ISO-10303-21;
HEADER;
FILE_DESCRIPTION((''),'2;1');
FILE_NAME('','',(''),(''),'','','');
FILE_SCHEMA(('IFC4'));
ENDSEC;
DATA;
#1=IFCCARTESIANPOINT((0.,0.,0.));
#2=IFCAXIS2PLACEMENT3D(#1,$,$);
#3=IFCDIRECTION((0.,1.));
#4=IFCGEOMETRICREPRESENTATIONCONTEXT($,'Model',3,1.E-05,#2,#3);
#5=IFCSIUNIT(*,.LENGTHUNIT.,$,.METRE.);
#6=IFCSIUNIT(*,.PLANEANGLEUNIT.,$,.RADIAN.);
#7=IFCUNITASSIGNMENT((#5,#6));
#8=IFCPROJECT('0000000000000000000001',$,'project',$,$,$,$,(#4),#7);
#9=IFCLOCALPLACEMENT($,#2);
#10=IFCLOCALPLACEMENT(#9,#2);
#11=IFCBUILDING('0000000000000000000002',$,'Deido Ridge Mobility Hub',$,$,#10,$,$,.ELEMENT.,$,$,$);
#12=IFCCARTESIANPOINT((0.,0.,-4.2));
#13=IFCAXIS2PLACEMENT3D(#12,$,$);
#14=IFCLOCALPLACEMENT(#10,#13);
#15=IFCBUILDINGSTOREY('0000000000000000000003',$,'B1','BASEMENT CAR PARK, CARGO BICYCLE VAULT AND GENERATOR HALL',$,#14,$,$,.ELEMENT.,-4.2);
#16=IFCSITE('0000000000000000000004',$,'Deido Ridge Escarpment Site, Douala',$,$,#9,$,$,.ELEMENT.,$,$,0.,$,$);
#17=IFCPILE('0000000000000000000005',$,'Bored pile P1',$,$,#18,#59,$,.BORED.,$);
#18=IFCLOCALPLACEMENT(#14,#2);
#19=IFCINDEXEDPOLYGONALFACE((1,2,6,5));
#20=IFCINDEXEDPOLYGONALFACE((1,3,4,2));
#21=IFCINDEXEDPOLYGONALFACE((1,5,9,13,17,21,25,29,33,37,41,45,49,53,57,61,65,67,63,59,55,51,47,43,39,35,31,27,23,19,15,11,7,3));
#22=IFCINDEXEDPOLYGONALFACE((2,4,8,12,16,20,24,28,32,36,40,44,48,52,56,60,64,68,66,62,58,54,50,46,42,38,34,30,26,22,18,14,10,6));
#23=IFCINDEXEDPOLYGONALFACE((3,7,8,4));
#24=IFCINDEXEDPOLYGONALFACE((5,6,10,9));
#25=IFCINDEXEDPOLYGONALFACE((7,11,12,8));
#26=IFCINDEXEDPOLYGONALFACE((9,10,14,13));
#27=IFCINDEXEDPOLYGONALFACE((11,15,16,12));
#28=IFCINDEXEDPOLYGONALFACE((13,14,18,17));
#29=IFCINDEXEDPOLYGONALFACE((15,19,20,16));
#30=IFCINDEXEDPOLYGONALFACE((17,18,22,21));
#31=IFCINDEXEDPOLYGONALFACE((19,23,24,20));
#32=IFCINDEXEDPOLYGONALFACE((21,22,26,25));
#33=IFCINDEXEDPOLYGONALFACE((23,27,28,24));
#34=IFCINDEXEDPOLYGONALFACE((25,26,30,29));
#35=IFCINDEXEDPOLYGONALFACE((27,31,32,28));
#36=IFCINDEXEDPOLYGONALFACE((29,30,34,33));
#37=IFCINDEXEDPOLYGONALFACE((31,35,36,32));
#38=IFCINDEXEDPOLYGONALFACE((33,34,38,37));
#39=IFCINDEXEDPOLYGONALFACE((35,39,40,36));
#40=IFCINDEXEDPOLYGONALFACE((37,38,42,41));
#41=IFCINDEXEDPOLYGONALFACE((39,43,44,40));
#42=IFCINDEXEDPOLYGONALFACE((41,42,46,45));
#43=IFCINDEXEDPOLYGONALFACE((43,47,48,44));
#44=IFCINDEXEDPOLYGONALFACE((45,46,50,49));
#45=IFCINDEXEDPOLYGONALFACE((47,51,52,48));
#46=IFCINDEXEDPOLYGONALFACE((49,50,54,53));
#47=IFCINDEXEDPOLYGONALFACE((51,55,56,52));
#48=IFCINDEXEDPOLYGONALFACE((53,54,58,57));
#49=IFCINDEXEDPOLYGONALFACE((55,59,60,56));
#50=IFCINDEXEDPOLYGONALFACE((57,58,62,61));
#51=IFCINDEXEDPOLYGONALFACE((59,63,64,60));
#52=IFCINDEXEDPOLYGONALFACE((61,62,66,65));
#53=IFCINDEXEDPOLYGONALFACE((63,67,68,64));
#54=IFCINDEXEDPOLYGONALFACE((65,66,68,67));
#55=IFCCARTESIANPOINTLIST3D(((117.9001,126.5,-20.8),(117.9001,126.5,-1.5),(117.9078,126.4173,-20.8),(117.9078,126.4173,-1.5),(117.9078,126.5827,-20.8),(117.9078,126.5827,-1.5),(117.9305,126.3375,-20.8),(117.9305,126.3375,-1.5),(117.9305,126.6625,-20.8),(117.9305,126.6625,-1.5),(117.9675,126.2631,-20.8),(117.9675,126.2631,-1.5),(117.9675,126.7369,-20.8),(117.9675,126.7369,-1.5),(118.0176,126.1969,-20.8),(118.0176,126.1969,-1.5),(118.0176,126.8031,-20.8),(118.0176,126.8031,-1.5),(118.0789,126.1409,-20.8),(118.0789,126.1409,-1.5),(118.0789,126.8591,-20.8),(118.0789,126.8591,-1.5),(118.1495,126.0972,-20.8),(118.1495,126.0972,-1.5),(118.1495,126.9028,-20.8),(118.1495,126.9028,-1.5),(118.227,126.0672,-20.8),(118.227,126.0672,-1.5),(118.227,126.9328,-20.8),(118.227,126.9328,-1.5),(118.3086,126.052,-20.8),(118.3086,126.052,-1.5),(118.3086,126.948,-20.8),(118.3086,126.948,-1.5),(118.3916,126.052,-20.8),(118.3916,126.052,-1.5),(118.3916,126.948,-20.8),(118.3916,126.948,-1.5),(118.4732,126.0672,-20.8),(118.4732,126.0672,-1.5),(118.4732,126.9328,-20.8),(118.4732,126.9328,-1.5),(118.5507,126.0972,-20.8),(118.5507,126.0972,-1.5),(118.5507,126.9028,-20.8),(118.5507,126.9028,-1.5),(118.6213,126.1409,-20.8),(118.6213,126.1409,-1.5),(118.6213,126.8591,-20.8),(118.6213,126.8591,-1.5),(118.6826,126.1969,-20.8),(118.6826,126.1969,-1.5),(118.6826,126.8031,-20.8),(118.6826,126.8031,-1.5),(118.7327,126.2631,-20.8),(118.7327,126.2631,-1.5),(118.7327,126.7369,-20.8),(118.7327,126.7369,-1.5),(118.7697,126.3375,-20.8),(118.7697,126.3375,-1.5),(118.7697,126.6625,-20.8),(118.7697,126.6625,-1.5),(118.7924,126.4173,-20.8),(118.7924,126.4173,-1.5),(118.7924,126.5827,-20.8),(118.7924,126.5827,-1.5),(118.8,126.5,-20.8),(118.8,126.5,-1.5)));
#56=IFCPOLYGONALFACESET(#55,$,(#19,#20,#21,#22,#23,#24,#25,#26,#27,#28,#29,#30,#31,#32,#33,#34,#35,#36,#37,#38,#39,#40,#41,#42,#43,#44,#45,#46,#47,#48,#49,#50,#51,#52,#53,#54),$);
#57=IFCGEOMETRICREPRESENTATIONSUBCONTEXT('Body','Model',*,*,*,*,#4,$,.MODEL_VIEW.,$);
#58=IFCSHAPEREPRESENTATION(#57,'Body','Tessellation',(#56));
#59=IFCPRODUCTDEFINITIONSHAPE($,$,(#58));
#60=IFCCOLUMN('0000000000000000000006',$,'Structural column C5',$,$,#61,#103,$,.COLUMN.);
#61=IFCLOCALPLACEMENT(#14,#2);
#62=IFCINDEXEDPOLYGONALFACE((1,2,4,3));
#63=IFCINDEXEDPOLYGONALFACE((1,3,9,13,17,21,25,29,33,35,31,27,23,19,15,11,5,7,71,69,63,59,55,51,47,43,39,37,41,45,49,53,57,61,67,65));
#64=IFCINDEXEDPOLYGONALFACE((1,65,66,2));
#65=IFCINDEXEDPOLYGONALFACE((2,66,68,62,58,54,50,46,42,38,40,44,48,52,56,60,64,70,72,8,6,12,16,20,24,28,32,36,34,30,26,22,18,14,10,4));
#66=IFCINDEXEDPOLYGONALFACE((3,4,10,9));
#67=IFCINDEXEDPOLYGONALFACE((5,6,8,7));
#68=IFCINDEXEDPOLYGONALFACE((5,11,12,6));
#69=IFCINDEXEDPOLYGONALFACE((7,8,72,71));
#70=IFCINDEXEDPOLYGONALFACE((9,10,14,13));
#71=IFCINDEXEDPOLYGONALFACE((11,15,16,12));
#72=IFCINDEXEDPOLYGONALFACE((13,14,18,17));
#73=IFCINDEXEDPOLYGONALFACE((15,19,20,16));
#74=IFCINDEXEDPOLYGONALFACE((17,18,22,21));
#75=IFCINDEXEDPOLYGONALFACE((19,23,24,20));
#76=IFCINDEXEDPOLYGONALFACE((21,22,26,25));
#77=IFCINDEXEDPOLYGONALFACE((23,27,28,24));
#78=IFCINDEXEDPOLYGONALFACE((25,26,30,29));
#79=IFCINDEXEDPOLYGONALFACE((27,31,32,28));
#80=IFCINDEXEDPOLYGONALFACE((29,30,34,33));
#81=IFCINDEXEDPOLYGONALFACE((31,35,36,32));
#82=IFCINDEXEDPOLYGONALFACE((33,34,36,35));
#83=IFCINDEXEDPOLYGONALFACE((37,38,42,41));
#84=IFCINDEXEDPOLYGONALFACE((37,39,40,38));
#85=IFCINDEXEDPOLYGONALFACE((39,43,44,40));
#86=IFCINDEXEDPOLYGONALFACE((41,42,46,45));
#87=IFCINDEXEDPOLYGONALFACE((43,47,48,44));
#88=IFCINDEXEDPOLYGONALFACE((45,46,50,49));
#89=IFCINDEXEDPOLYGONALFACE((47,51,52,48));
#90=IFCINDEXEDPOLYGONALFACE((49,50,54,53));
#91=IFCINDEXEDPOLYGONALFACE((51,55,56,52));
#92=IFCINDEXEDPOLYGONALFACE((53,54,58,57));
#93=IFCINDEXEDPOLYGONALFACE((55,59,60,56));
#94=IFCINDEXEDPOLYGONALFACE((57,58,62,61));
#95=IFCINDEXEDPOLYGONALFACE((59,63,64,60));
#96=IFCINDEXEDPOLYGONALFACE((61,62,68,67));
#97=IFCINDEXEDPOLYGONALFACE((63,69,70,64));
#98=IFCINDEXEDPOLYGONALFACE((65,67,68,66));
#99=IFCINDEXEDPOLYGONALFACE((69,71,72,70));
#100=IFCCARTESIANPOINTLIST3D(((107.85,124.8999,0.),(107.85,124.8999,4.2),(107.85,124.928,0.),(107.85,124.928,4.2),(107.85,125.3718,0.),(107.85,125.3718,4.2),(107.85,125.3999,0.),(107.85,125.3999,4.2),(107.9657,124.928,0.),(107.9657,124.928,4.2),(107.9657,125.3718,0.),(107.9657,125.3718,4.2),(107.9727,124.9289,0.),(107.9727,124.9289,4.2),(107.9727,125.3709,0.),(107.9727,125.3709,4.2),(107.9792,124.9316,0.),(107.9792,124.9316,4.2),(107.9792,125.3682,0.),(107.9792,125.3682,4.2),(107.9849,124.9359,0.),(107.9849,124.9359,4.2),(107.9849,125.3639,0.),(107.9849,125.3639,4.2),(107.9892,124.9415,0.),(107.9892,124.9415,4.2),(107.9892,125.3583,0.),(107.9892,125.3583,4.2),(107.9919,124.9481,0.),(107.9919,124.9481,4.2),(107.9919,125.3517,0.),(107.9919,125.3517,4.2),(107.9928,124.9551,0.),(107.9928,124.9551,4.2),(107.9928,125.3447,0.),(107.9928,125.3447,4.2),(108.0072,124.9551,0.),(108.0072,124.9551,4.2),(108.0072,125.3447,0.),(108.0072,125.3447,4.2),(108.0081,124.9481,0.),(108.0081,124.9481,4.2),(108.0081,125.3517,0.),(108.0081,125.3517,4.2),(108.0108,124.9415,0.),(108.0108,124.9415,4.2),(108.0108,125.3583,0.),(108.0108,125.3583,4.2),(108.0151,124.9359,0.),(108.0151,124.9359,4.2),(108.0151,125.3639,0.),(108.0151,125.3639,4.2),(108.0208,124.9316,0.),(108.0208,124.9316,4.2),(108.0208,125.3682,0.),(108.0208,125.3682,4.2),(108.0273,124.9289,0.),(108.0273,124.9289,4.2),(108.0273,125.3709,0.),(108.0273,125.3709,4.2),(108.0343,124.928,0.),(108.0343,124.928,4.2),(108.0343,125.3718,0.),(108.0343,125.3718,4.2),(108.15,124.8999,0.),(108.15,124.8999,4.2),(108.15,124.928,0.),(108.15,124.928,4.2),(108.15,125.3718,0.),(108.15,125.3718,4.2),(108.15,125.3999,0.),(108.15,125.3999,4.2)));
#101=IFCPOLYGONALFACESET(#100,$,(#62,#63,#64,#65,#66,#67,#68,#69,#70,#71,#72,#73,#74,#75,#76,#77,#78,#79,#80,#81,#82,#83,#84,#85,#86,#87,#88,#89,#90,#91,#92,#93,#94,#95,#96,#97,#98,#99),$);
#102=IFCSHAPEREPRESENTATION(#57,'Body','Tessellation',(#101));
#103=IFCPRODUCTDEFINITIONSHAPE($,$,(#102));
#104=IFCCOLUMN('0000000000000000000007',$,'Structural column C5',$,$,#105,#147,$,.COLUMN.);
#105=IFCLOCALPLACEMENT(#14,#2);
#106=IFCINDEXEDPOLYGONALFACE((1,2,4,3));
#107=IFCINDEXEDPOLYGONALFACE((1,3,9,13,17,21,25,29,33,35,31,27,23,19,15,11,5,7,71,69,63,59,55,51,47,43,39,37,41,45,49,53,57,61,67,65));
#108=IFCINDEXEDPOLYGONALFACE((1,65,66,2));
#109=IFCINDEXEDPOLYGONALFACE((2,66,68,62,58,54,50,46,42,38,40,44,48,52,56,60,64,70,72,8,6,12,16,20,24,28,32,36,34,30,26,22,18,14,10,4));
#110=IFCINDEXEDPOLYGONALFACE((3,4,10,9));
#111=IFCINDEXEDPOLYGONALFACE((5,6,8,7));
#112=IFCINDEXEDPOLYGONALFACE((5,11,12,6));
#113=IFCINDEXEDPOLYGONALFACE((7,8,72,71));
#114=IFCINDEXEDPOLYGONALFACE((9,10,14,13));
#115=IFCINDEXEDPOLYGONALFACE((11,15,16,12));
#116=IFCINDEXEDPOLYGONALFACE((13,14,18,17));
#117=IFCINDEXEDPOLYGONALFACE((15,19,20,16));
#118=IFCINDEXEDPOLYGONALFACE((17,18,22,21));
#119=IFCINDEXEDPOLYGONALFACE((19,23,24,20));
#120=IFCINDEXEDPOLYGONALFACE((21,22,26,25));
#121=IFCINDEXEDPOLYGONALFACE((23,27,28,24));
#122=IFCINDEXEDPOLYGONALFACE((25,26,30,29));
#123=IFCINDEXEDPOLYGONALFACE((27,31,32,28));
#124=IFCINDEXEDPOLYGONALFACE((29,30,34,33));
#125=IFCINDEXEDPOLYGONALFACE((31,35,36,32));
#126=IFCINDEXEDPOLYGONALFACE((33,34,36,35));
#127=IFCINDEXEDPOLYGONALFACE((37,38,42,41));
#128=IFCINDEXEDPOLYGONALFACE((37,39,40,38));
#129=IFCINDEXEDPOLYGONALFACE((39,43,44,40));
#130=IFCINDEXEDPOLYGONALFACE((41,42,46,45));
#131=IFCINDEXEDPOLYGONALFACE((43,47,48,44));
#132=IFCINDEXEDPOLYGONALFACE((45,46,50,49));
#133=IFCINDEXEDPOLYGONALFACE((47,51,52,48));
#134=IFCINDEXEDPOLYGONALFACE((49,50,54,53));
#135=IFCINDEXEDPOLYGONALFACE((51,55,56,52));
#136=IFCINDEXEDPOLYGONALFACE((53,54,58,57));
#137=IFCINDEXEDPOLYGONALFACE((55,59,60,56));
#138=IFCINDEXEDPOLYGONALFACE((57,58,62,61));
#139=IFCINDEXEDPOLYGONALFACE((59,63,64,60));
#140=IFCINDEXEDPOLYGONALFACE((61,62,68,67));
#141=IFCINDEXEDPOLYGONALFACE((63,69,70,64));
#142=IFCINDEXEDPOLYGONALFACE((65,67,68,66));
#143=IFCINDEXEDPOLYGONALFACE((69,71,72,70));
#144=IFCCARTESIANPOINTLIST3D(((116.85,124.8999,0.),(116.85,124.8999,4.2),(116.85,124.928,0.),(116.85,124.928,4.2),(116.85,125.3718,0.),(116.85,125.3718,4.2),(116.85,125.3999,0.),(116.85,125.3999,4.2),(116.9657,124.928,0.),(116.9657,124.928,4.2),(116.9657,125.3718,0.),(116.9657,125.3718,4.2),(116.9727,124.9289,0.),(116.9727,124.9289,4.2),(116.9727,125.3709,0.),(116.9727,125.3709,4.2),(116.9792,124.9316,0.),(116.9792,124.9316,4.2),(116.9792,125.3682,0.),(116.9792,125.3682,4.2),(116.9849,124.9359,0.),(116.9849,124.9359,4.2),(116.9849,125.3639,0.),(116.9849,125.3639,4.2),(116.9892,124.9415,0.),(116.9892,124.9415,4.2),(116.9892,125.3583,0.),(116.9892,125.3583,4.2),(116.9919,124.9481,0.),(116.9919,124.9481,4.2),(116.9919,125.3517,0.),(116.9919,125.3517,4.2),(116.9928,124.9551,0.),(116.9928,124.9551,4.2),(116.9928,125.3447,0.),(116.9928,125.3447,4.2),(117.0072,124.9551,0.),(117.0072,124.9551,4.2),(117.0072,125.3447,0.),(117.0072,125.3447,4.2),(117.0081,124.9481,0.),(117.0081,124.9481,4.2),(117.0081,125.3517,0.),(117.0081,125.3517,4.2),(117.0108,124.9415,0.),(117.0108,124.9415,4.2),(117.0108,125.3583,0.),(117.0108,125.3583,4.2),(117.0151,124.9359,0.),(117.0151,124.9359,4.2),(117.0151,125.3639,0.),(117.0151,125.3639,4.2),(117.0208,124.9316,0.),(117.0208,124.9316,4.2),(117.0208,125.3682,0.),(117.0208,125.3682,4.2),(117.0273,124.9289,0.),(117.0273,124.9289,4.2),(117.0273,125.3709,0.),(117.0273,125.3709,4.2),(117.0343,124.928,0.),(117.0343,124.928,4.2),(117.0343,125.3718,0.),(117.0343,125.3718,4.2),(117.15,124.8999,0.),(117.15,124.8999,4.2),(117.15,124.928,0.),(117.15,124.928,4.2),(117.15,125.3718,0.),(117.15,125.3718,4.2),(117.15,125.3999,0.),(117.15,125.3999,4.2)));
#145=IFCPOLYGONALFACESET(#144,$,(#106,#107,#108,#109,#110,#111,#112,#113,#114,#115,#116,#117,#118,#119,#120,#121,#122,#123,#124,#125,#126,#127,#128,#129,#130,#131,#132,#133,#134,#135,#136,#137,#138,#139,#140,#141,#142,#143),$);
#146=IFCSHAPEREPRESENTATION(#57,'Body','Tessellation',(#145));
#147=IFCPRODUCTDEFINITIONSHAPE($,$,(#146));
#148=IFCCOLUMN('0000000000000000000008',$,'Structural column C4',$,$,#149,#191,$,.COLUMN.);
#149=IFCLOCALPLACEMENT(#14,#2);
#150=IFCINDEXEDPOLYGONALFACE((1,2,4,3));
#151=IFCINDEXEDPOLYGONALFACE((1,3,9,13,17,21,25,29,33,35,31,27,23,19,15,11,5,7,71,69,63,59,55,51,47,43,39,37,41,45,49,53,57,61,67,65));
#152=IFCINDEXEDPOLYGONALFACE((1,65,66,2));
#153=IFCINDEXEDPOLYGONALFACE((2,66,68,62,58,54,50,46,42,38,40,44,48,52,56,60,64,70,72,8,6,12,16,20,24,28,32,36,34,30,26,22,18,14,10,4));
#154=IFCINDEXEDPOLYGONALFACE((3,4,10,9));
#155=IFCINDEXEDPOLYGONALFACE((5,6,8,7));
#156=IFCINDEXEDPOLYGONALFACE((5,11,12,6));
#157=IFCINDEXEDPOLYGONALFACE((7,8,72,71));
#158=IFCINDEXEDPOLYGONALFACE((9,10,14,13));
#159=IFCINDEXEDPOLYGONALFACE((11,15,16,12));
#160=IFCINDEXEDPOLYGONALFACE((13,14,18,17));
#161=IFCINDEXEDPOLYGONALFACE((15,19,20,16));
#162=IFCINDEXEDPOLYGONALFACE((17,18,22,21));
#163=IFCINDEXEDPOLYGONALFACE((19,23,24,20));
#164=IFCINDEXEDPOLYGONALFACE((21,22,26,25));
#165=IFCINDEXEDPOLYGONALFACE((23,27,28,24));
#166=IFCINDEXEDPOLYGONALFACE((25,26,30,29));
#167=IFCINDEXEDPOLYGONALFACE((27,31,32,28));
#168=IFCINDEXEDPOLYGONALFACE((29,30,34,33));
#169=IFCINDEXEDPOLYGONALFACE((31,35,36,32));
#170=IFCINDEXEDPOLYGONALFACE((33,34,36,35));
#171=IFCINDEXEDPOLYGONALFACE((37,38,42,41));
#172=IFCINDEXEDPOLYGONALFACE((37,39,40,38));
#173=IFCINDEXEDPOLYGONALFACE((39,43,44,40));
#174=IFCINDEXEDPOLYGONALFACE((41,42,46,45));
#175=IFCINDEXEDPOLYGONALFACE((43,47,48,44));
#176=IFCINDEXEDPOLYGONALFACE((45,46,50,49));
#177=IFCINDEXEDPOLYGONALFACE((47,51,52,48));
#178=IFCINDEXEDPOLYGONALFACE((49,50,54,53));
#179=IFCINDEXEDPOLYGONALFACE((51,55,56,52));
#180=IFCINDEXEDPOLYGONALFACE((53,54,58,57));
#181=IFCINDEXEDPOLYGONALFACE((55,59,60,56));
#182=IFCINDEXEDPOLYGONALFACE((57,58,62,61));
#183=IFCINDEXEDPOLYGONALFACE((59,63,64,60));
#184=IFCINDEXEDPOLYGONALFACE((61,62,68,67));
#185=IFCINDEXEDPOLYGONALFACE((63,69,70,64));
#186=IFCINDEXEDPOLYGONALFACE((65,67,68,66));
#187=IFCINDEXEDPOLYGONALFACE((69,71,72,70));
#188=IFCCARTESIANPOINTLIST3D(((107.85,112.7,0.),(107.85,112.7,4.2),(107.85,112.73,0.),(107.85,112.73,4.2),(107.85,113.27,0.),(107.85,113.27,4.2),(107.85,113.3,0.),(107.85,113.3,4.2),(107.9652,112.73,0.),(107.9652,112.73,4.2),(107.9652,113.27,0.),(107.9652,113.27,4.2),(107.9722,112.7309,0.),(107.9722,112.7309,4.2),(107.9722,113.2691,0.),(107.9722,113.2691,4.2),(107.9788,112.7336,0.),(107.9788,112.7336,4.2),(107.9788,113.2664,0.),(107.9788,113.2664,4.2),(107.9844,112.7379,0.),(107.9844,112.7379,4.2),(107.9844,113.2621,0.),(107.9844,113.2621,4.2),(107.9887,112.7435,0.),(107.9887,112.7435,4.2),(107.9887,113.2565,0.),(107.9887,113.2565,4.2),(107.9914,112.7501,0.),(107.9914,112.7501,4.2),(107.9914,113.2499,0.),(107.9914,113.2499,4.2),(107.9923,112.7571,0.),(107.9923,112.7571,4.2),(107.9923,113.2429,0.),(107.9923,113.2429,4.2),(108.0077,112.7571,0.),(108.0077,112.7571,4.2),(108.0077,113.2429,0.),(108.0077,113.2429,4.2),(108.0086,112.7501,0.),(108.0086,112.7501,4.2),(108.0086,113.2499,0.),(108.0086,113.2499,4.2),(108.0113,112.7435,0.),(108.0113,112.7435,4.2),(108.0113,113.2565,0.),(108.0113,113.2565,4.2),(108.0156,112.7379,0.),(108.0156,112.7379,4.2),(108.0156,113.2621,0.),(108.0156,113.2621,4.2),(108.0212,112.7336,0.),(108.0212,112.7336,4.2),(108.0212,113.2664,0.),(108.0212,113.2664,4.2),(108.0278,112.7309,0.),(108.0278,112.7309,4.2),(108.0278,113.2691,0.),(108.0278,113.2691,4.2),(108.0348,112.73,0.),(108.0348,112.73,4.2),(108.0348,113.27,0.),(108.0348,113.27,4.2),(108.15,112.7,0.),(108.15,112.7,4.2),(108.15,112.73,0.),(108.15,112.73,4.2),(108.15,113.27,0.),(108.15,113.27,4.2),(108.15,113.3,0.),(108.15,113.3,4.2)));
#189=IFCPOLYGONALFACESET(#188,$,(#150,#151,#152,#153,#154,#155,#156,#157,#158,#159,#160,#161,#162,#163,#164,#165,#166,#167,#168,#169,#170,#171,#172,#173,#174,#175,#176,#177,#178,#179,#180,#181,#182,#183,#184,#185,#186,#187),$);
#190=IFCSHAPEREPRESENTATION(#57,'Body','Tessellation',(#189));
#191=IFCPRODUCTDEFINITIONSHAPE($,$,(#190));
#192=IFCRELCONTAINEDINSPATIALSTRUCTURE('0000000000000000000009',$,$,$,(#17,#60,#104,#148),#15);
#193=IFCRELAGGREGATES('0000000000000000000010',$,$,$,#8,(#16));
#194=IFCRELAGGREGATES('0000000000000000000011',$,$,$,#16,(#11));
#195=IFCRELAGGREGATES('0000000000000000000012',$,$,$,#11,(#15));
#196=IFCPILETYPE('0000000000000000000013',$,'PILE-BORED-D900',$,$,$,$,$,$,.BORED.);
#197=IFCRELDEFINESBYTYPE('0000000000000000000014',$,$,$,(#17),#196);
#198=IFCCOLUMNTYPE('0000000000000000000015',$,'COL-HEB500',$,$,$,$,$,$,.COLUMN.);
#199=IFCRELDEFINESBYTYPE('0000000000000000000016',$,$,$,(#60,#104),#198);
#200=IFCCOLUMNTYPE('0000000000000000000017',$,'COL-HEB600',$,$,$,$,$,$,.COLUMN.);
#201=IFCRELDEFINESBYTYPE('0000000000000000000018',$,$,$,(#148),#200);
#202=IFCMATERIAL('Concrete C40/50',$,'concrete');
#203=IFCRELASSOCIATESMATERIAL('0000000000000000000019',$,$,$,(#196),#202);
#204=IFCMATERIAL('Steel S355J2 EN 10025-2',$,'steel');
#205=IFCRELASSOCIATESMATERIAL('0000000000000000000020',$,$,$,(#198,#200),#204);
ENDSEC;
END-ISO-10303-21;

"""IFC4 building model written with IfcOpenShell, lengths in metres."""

from ifc_helpers import new_model, si_unit, direction, frame, origin, origin_2d, place, context, subcontext, project, spatial, circle, i_section, extrude, material, material_profile, profile_set, type_object, element, save


model = new_model("IFC4")

# Units and contexts
model_context = context("Model", 3, precision=1e-05, world=origin(), true_north=direction((0.0, 1.0)))
body_context = subcontext(model_context, "Body", "Model", "MODEL_VIEW")
ifc_project = project(units=[si_unit("LENGTHUNIT", "METRE"), si_unit("PLANEANGLEUNIT", "RADIAN")], contexts=[model_context])

# Site, building, storey
site_placement = place(None, origin())
site = spatial("IfcSite", under=ifc_project, at=site_placement, Name="Deido Ridge Escarpment Site, Douala", CompositionType="ELEMENT", RefElevation=0.0)
building_placement = place(site_placement, origin())
building = spatial("IfcBuilding", under=site, at=building_placement, Name="Deido Ridge Mobility Hub", CompositionType="ELEMENT")
storey_placement = place(building_placement, frame((0.0, 0.0, -4.2)))
storey = spatial("IfcBuildingStorey", under=building, at=storey_placement, Name="B1", Description="BASEMENT CAR PARK, CARGO BICYCLE VAULT AND GENERATOR HALL", CompositionType="ELEMENT", Elevation=-4.2)

# Shared definitions
ifc_material_1 = material(Name="Concrete C40/50", Category="concrete")

# Pile
ifc_material_profile_1 = material_profile(ifc_material_1, circle(Radius=0.45, at=origin_2d()), Name="BORED PILE D900")
ifc_profile_set_1 = profile_set([ifc_material_profile_1], Name="Concrete C40/50")
pile_type_1 = type_object("IfcPileType", Name="PILE-BORED-D900", PredefinedType="BORED", material=ifc_profile_set_1)
for number, where, z_axis, x_axis, name in (
    (1, (118.3501, 126.5, -1.5), (0.0, 0.0, -1.0), (1.0, 0.0, 0.0), "Bored pile P1"),
):
    element("IfcPile", number, at=place(storey_placement, frame(where, z_axis=z_axis, x_axis=x_axis)), inside=storey, type_object=pile_type_1, Name=name, PredefinedType="BORED", context=body_context, shape_type="SweptSolid", body=[
        extrude(circle(Radius=0.45, at=origin_2d()), origin(), (0.0, 0.0, 1.0), 19.3),
    ])

# Columns
ifc_material_2 = material(Name="Steel S355J2 EN 10025-2", Category="steel")
ifc_material_profile_2 = material_profile(ifc_material_2, i_section(OverallWidth=0.3, OverallDepth=0.5, WebThickness=0.0144, FlangeThickness=0.0281, FilletRadius=0.0271, at=origin_2d()), Name="HEB 500")
ifc_profile_set_2 = profile_set([ifc_material_profile_2], Name="Steel S355J2 EN 10025-2")
column_type_1 = type_object("IfcColumnType", Name="COL-HEB500", PredefinedType="COLUMN", material=ifc_profile_set_2)
for number, where, z_axis, x_axis, name in (
    (2, (108.0, 125.1499, 0.0), (0.0, 0.0, 1.0), (1.0, 0.0, 0.0), "Structural column C5"),
    (3, (117.0, 125.1499, 0.0), (0.0, 0.0, 1.0), (1.0, 0.0, 0.0), "Structural column C5"),
):
    element("IfcColumn", number, at=place(storey_placement, frame(where, z_axis=z_axis, x_axis=x_axis)), inside=storey, type_object=column_type_1, Name=name, PredefinedType="COLUMN", context=body_context, shape_type="SweptSolid", body=[
        extrude(i_section(OverallWidth=0.3, OverallDepth=0.5, WebThickness=0.0144, FlangeThickness=0.0281, FilletRadius=0.0271, at=origin_2d()), origin(), (0.0, 0.0, 1.0), 4.2),
    ])
ifc_material_profile_3 = material_profile(ifc_material_2, i_section(OverallWidth=0.3, OverallDepth=0.6001, WebThickness=0.0154, FlangeThickness=0.03, FilletRadius=0.0271, at=origin_2d()), Name="HEB 600")
ifc_profile_set_3 = profile_set([ifc_material_profile_3], Name="Steel S355J2 EN 10025-2")
column_type_2 = type_object("IfcColumnType", Name="COL-HEB600", PredefinedType="COLUMN", material=ifc_profile_set_3)
for number, where, z_axis, x_axis, name in (
    (4, (108.0, 113.0, 0.0), (0.0, 0.0, 1.0), (1.0, 0.0, 0.0), "Structural column C4"),
):
    element("IfcColumn", number, at=place(storey_placement, frame(where, z_axis=z_axis, x_axis=x_axis)), inside=storey, type_object=column_type_2, Name=name, PredefinedType="COLUMN", context=body_context, shape_type="SweptSolid", body=[
        extrude(i_section(OverallWidth=0.3, OverallDepth=0.6001, WebThickness=0.0154, FlangeThickness=0.03, FilletRadius=0.0271, at=origin_2d()), origin(), (0.0, 0.0, 1.0), 4.2),
    ])

save(model, "model.ifc")
